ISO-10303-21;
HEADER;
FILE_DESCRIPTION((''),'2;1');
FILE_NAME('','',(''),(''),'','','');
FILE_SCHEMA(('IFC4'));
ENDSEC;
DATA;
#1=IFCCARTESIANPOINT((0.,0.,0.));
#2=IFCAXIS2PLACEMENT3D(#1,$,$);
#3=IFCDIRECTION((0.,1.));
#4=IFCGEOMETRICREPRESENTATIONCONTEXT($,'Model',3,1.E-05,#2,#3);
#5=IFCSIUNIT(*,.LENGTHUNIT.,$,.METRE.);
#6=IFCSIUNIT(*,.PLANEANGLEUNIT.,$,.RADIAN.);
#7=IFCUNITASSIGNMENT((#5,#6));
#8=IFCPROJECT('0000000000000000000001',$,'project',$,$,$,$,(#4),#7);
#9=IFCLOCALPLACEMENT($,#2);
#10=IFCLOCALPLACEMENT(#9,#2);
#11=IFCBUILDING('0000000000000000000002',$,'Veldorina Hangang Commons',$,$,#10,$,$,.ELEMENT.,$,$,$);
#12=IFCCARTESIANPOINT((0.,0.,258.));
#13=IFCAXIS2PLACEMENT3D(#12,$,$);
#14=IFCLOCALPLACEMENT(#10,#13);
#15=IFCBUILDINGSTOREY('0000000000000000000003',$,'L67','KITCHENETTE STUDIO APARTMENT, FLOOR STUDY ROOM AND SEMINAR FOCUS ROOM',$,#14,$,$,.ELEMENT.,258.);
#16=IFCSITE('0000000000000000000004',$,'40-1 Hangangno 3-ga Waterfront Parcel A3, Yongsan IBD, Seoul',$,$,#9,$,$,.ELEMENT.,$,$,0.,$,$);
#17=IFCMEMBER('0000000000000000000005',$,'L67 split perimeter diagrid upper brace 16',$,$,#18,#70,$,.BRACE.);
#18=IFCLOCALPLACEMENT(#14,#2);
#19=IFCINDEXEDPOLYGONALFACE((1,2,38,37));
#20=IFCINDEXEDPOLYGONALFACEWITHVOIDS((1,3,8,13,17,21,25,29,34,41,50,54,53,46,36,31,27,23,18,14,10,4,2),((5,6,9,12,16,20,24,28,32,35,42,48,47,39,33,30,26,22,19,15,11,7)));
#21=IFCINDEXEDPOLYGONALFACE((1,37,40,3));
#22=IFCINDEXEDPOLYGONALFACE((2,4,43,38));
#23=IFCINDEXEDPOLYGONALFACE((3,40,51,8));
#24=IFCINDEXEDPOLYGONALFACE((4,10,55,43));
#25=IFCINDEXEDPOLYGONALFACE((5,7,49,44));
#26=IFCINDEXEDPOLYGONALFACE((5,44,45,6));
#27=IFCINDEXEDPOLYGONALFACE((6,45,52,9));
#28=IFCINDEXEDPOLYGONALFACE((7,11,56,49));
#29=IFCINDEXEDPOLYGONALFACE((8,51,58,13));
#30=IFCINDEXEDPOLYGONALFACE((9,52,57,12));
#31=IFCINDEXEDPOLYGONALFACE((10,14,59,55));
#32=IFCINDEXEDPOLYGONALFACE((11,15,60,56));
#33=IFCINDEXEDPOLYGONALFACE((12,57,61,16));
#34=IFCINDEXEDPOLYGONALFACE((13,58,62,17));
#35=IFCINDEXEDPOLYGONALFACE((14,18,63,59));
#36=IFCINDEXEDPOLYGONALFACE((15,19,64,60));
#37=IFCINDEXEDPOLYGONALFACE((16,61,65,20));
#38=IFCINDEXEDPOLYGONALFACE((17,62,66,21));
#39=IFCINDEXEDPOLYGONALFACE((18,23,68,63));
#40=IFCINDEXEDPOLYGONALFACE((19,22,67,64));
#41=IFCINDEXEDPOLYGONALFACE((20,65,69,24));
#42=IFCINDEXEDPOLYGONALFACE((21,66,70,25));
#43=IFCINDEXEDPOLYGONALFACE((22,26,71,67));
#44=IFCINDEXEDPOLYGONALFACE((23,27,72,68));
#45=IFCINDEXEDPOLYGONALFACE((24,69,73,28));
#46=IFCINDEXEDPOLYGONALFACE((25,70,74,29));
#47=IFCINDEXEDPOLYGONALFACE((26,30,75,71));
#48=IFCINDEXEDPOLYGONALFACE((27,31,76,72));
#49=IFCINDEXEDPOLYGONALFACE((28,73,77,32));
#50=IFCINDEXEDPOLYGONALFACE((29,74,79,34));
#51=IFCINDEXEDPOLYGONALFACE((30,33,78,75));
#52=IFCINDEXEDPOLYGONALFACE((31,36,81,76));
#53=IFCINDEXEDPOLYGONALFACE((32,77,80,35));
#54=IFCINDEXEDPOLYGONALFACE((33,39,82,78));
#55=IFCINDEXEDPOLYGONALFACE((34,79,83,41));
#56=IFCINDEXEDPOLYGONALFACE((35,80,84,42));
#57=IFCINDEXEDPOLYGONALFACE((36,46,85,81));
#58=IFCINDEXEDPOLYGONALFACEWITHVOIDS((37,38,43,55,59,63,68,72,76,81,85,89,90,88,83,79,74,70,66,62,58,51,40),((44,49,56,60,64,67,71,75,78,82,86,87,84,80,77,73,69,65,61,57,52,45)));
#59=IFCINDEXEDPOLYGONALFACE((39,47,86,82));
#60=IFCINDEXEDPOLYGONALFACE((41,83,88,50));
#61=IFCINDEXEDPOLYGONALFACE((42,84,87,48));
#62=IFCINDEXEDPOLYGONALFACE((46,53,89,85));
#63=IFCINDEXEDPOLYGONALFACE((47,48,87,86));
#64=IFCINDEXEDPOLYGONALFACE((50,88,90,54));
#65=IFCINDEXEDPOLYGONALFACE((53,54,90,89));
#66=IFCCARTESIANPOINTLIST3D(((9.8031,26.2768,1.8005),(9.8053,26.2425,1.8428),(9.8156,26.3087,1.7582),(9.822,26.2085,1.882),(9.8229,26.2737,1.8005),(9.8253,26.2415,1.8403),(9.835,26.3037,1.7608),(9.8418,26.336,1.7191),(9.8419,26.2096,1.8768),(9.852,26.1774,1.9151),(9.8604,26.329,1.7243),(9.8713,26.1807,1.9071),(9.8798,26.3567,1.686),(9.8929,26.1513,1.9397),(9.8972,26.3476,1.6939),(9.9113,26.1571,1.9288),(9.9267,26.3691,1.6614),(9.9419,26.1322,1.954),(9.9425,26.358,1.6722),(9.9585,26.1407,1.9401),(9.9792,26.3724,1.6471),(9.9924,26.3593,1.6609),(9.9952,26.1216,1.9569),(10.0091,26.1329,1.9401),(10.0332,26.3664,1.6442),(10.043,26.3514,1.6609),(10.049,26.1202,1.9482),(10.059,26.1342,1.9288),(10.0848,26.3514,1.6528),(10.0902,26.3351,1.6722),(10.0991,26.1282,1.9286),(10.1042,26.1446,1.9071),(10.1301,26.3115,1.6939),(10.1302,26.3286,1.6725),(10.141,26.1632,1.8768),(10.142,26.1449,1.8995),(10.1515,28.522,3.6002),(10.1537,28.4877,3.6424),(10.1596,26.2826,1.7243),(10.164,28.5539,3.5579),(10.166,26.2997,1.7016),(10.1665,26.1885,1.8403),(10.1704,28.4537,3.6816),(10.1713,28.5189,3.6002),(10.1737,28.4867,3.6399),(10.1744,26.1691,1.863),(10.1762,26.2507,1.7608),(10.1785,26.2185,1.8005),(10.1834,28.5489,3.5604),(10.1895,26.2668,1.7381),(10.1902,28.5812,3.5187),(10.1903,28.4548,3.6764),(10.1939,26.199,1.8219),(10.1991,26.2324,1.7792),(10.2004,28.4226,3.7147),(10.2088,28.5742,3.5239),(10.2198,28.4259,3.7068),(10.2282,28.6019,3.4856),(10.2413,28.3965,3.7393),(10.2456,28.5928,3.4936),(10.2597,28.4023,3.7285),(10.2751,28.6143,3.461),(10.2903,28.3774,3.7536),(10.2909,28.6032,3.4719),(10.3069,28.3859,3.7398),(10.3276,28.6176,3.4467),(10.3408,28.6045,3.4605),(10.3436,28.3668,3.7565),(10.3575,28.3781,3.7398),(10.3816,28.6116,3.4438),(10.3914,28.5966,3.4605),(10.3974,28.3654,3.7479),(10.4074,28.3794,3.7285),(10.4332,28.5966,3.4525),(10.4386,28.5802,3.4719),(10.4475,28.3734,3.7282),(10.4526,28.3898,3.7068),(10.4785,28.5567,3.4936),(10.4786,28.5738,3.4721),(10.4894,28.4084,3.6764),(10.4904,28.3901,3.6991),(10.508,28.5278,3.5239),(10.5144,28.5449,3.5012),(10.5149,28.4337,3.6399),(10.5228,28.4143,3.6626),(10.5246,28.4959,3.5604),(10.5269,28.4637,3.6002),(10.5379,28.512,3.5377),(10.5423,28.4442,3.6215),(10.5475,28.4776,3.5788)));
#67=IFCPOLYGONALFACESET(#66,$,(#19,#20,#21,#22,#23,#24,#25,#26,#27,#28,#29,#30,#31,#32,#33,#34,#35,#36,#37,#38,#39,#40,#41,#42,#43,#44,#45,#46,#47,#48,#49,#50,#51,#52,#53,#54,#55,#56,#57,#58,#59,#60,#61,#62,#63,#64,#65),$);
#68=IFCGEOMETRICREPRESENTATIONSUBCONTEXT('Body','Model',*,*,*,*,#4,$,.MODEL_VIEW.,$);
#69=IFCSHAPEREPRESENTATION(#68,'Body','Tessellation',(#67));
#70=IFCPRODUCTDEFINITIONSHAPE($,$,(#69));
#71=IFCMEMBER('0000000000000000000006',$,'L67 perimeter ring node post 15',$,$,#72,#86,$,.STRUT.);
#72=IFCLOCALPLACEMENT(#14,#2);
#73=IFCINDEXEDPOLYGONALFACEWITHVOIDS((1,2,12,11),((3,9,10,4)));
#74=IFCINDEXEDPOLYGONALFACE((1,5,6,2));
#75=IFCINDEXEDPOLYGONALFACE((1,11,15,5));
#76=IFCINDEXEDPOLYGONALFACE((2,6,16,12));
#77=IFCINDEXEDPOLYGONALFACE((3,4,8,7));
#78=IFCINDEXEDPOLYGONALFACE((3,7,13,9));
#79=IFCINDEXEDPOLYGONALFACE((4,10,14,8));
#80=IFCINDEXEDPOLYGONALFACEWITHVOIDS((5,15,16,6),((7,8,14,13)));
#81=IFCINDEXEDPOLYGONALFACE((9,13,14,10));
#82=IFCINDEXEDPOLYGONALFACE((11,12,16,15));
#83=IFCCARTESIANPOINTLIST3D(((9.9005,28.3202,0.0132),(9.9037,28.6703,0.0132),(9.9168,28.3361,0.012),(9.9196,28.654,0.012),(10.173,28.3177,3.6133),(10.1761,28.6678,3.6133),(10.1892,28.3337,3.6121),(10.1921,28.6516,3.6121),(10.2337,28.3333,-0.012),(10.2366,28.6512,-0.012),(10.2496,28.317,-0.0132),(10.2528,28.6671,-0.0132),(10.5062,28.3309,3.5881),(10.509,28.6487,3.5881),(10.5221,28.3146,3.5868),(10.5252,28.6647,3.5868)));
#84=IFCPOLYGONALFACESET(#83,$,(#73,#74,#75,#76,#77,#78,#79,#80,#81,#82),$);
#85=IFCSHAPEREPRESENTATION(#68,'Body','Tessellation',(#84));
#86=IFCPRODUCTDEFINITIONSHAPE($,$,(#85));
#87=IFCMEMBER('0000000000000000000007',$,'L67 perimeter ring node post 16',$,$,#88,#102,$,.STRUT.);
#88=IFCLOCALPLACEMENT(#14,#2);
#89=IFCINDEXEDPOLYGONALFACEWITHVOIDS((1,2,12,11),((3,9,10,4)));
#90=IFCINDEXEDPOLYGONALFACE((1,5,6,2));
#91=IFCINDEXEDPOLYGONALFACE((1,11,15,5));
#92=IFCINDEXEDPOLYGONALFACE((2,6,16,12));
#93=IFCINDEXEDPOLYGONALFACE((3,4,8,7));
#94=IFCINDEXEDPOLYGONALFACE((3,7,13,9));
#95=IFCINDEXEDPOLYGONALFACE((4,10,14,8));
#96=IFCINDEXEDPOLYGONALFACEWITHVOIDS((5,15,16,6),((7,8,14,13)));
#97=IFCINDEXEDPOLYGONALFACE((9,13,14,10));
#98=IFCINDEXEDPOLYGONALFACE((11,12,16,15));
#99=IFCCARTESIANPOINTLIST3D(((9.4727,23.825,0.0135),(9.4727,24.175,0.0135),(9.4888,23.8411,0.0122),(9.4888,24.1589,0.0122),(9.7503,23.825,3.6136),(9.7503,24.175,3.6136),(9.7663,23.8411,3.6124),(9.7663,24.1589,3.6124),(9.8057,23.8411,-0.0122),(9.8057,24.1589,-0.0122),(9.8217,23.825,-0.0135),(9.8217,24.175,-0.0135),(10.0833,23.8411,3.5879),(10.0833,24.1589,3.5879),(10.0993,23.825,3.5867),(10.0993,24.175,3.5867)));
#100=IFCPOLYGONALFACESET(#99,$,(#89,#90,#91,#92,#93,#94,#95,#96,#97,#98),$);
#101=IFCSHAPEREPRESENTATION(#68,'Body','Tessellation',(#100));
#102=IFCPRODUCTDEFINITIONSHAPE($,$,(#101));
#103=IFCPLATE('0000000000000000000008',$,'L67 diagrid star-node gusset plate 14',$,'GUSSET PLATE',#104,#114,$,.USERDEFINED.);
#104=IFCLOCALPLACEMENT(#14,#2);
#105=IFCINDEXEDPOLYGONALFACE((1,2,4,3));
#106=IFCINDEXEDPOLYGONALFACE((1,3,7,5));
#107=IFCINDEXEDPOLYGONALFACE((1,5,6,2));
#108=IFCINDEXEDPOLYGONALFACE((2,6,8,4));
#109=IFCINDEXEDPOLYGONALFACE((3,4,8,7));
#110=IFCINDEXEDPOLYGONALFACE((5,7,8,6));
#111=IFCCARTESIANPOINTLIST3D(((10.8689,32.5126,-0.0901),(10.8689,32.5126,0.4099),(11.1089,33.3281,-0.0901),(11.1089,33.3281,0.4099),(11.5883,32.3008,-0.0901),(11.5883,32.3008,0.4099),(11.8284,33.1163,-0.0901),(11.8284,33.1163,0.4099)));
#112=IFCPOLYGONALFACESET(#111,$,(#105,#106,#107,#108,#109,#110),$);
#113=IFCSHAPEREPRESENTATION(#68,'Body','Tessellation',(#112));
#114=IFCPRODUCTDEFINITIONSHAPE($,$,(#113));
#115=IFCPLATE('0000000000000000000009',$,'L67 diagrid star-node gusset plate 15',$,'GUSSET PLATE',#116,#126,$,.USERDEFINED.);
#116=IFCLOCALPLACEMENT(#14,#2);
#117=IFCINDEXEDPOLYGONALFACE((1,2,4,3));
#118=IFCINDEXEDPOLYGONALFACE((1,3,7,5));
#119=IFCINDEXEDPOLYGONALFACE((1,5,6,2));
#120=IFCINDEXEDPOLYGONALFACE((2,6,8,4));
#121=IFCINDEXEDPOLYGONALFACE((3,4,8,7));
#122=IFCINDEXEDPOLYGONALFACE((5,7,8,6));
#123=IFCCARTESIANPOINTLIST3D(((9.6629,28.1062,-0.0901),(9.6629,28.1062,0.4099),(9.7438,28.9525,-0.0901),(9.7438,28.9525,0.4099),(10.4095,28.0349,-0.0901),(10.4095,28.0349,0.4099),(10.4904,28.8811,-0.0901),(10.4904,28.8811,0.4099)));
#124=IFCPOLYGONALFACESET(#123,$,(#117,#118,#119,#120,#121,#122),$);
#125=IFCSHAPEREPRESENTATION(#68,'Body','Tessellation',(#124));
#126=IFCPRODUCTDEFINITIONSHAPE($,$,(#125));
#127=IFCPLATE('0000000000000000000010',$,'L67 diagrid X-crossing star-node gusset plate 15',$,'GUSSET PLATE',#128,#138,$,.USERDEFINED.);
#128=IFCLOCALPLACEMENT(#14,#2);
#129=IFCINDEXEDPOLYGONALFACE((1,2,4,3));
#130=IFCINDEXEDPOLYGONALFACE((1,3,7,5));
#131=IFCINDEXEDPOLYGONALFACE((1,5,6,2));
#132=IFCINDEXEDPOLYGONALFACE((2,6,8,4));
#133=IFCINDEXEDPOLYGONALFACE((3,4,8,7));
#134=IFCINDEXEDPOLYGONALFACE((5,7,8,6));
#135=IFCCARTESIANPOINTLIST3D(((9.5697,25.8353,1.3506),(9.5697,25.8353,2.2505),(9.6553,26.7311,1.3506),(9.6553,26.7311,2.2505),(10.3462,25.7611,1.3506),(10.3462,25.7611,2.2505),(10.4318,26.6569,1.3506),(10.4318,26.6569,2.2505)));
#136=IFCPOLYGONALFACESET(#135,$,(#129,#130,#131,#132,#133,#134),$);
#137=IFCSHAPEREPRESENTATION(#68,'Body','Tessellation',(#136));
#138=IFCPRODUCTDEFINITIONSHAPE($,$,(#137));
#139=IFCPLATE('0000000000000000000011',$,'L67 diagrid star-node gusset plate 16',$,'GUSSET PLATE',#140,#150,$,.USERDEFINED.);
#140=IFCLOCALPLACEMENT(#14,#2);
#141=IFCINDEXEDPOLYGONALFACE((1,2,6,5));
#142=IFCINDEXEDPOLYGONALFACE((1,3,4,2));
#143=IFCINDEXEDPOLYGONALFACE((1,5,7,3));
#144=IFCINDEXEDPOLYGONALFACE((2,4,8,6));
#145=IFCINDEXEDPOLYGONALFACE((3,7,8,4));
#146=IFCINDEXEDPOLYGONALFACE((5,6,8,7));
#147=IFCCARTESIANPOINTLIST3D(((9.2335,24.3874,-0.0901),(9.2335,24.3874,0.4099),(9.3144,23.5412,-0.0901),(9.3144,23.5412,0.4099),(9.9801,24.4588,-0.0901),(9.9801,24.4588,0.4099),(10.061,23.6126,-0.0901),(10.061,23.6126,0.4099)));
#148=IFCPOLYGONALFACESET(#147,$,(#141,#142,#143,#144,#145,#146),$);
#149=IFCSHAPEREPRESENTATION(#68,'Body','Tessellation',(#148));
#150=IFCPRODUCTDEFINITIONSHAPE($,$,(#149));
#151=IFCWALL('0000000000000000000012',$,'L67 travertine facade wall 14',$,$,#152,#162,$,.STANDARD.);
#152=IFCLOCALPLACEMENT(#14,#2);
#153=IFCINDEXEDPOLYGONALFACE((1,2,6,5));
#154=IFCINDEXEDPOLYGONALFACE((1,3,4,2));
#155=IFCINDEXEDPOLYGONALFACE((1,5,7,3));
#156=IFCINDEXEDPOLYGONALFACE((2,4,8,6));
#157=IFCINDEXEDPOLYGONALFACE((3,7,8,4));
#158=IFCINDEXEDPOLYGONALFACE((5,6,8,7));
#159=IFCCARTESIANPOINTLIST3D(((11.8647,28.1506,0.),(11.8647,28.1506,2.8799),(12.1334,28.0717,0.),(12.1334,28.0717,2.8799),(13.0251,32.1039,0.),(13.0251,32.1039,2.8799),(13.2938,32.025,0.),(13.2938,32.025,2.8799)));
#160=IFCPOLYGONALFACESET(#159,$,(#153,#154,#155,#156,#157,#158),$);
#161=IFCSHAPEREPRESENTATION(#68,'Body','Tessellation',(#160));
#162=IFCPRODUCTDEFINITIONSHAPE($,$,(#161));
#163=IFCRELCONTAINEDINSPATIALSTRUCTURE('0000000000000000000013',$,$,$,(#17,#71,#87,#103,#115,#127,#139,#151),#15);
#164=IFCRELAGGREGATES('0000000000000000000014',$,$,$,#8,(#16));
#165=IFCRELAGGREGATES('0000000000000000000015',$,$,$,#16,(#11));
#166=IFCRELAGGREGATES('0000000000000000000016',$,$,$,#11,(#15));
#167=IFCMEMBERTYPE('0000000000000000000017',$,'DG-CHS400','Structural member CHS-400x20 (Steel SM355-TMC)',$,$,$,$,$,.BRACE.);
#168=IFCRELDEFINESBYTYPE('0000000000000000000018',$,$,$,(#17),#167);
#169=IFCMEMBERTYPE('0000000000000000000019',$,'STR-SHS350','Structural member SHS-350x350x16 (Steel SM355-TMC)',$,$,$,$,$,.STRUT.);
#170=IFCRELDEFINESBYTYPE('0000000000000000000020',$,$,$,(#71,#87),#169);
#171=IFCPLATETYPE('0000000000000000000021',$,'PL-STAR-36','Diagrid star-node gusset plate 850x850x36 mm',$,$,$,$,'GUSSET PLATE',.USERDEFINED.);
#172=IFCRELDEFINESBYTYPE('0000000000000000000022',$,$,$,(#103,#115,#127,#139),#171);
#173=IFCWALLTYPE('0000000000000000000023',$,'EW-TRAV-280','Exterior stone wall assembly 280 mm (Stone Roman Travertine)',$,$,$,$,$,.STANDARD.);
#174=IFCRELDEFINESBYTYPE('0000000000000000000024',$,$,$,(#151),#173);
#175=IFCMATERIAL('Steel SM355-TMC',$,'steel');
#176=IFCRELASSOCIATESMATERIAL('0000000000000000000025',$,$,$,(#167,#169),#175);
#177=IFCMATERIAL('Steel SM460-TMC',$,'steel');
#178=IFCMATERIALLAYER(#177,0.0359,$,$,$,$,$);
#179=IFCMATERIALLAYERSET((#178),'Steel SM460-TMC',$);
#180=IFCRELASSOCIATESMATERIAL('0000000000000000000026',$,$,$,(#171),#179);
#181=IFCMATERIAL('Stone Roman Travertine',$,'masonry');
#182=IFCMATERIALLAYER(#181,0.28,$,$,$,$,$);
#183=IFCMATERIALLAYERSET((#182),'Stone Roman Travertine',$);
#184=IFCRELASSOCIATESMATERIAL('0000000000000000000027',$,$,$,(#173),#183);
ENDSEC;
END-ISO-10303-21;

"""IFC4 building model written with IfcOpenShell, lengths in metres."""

from ifc_helpers import new_model, si_unit, direction, frame, frame_2d, origin, origin_2d, place, context, subcontext, project, spatial, rectangle, hollow_rectangle, hollow_circle, extrude, material, layer, layer_set, material_profile, profile_set, type_object, element, save


model = new_model("IFC4")

# Units and contexts
model_context = context("Model", 3, precision=1e-05, world=origin(), true_north=direction((0.0, 1.0)))
body_context = subcontext(model_context, "Body", "Model", "MODEL_VIEW")
ifc_project = project(units=[si_unit("LENGTHUNIT", "METRE"), si_unit("PLANEANGLEUNIT", "RADIAN")], contexts=[model_context])

# Site, building, storey
site_placement = place(None, origin())
site = spatial("IfcSite", under=ifc_project, at=site_placement, Name="40-1 Hangangno 3-ga Waterfront Parcel A3, Yongsan IBD, Seoul", CompositionType="ELEMENT", RefElevation=0.0)
building_placement = place(site_placement, origin())
building = spatial("IfcBuilding", under=site, at=building_placement, Name="Veldorina Hangang Commons", CompositionType="ELEMENT")
storey_placement = place(building_placement, frame((0.0, 0.0, 258.0)))
storey = spatial("IfcBuildingStorey", under=building, at=storey_placement, Name="L67", Description="KITCHENETTE STUDIO APARTMENT, FLOOR STUDY ROOM AND SEMINAR FOCUS ROOM", CompositionType="ELEMENT", Elevation=258.0)

# Shared definitions
ifc_material_1 = material(Name="Steel SM355-TMC", Category="steel")

# Members
ifc_material_profile_1 = material_profile(ifc_material_1, hollow_circle(Radius=0.2, WallThickness=0.02, at=origin_2d()), Name="CHS-400x20")
ifc_profile_set_1 = profile_set([ifc_material_profile_1], Name="Steel SM355-TMC")
member_type_1 = type_object("IfcMemberType", Name="DG-CHS400", Description="Structural member CHS-400x20 (Steel SM355-TMC)", PredefinedType="BRACE", material=ifc_profile_set_1)
member_1_placement = place(storey_placement, frame((10.0007, 26.2461, 1.8005), z_axis=(0.120203, 0.774623, 0.620895), x_axis=(-0.988173, 0.153341, 0.0)))
element("IfcMember", 1, at=member_1_placement, inside=storey, type_object=member_type_1, Name="L67 split perimeter diagrid upper brace 16", PredefinedType="BRACE", context=body_context, shape_type="SweptSolid", body=[
    extrude(hollow_circle(Radius=0.2, WallThickness=0.02, at=origin_2d()), origin(), (0.0, 0.0, 1.0), 2.8984),
])
ifc_material_profile_2 = material_profile(ifc_material_1, hollow_rectangle(XDim=0.3501, YDim=0.3501, WallThickness=0.0161, at=origin_2d()), Name="SHS-350x350x16")
ifc_profile_set_2 = profile_set([ifc_material_profile_2], Name="Steel SM355-TMC")
member_type_2 = type_object("IfcMemberType", Name="STR-SHS350", Description="Structural member SHS-350x350x16 (Steel SM355-TMC)", PredefinedType="STRUT", material=ifc_profile_set_2)
member_2_placement = place(storey_placement, frame((10.0767, 28.4937, 0.0), z_axis=(0.075466, -0.000676, 0.997148), x_axis=(0.00896, 0.99996, 0.0)))
element("IfcMember", 2, at=member_2_placement, inside=storey, type_object=member_type_2, Name="L67 perimeter ring node post 15", PredefinedType="STRUT", context=body_context, shape_type="SweptSolid", body=[
    extrude(hollow_rectangle(XDim=0.3501, YDim=0.3501, WallThickness=0.0161, at=origin_2d()), origin(), (0.0, 0.0, 1.0), 3.6104),
])
member_3_placement = place(storey_placement, frame((9.6472, 24.0, 0.0), z_axis=(0.076877, 0.0, 0.997041), x_axis=(0.0, 1.0, 0.0)))
element("IfcMember", 3, at=member_3_placement, inside=storey, type_object=member_type_2, Name="L67 perimeter ring node post 16", PredefinedType="STRUT", context=body_context, shape_type="SweptSolid", body=[
    extrude(hollow_rectangle(XDim=0.3501, YDim=0.3501, WallThickness=0.0161, at=origin_2d()), origin(), (0.0, 0.0, 1.0), 3.6108),
])

# Plates
ifc_material_2 = material(Name="Steel SM460-TMC", Category="steel")
ifc_layer_1 = layer(ifc_material_2, 0.0359)
ifc_layer_set_1 = layer_set([ifc_layer_1], Name="Steel SM460-TMC")
plate_type = type_object("IfcPlateType", Name="PL-STAR-36", Description="Diagrid star-node gusset plate 850x850x36 mm", ElementType="GUSSET PLATE", PredefinedType="USERDEFINED", material=ifc_layer_set_1)
for number, where, z_axis, x_axis, name in (
    (4, (11.3486, 32.8145, -0.0901), (0.0, 0.0, 1.0), (-0.282408, -0.959294, 0.0), "L67 diagrid star-node gusset plate 14"),
    (5, (10.0767, 28.4937, -0.0901), (0.0, 0.0, 1.0), (-0.095151, -0.995463, 0.0), "L67 diagrid star-node gusset plate 15"),
):
    element("IfcPlate", number, at=place(storey_placement, frame(where, z_axis=z_axis, x_axis=x_axis)), inside=storey, type_object=plate_type, Name=name, ObjectType="GUSSET PLATE", PredefinedType="USERDEFINED", context=body_context, shape_type="SweptSolid", body=[
        extrude(rectangle(XDim=0.8501, YDim=0.75, at=origin_2d()), origin(), (0.0, 0.0, 1.0), 0.5),
    ])
plate_1_placement = place(storey_placement, frame((10.0007, 26.2461, 1.3506), z_axis=(0.0, 0.0, 1.0), x_axis=(-0.095151, -0.995463, 0.0)))
element("IfcPlate", 6, at=plate_1_placement, inside=storey, type_object=plate_type, Name="L67 diagrid X-crossing star-node gusset plate 15", ObjectType="GUSSET PLATE", PredefinedType="USERDEFINED", context=body_context, shape_type="SweptSolid", body=[
    extrude(rectangle(XDim=0.8999, YDim=0.78, at=origin_2d()), origin(), (0.0, 0.0, 1.0), 0.8999),
])
plate_2_placement = place(storey_placement, frame((9.6472, 24.0, -0.0901), z_axis=(0.0, 0.0, 1.0), x_axis=(0.095151, -0.995463, 0.0)))
element("IfcPlate", 7, at=plate_2_placement, inside=storey, type_object=plate_type, Name="L67 diagrid star-node gusset plate 16", ObjectType="GUSSET PLATE", PredefinedType="USERDEFINED", context=body_context, shape_type="SweptSolid", body=[
    extrude(rectangle(XDim=0.8501, YDim=0.75, at=origin_2d()), origin(), (0.0, 0.0, 1.0), 0.5),
])

# Wall
ifc_material_3 = material(Name="Stone Roman Travertine", Category="masonry")
ifc_layer_2 = layer(ifc_material_3, 0.28)
ifc_layer_set_2 = layer_set([ifc_layer_2], Name="Stone Roman Travertine")
wall_type_1 = type_object("IfcWallType", Name="EW-TRAV-280", Description="Exterior stone wall assembly 280 mm (Stone Roman Travertine)", PredefinedType="STANDARD", material=ifc_layer_set_2)
wall_1_placement = place(storey_placement, frame((13.1594, 32.0645, 0.0), z_axis=(0.0, 0.0, 1.0), x_axis=(-0.28164, -0.95952, 0.0)))
element("IfcWall", 8, at=wall_1_placement, inside=storey, type_object=wall_type_1, Name="L67 travertine facade wall 14", PredefinedType="STANDARD", context=body_context, shape_type="SweptSolid", body=[
    extrude(rectangle(XDim=4.1201, YDim=0.28, at=frame_2d((2.0601, 0.0))), origin(), (0.0, 0.0, 1.0), 2.8799),
])

save(model, "model.ifc")
